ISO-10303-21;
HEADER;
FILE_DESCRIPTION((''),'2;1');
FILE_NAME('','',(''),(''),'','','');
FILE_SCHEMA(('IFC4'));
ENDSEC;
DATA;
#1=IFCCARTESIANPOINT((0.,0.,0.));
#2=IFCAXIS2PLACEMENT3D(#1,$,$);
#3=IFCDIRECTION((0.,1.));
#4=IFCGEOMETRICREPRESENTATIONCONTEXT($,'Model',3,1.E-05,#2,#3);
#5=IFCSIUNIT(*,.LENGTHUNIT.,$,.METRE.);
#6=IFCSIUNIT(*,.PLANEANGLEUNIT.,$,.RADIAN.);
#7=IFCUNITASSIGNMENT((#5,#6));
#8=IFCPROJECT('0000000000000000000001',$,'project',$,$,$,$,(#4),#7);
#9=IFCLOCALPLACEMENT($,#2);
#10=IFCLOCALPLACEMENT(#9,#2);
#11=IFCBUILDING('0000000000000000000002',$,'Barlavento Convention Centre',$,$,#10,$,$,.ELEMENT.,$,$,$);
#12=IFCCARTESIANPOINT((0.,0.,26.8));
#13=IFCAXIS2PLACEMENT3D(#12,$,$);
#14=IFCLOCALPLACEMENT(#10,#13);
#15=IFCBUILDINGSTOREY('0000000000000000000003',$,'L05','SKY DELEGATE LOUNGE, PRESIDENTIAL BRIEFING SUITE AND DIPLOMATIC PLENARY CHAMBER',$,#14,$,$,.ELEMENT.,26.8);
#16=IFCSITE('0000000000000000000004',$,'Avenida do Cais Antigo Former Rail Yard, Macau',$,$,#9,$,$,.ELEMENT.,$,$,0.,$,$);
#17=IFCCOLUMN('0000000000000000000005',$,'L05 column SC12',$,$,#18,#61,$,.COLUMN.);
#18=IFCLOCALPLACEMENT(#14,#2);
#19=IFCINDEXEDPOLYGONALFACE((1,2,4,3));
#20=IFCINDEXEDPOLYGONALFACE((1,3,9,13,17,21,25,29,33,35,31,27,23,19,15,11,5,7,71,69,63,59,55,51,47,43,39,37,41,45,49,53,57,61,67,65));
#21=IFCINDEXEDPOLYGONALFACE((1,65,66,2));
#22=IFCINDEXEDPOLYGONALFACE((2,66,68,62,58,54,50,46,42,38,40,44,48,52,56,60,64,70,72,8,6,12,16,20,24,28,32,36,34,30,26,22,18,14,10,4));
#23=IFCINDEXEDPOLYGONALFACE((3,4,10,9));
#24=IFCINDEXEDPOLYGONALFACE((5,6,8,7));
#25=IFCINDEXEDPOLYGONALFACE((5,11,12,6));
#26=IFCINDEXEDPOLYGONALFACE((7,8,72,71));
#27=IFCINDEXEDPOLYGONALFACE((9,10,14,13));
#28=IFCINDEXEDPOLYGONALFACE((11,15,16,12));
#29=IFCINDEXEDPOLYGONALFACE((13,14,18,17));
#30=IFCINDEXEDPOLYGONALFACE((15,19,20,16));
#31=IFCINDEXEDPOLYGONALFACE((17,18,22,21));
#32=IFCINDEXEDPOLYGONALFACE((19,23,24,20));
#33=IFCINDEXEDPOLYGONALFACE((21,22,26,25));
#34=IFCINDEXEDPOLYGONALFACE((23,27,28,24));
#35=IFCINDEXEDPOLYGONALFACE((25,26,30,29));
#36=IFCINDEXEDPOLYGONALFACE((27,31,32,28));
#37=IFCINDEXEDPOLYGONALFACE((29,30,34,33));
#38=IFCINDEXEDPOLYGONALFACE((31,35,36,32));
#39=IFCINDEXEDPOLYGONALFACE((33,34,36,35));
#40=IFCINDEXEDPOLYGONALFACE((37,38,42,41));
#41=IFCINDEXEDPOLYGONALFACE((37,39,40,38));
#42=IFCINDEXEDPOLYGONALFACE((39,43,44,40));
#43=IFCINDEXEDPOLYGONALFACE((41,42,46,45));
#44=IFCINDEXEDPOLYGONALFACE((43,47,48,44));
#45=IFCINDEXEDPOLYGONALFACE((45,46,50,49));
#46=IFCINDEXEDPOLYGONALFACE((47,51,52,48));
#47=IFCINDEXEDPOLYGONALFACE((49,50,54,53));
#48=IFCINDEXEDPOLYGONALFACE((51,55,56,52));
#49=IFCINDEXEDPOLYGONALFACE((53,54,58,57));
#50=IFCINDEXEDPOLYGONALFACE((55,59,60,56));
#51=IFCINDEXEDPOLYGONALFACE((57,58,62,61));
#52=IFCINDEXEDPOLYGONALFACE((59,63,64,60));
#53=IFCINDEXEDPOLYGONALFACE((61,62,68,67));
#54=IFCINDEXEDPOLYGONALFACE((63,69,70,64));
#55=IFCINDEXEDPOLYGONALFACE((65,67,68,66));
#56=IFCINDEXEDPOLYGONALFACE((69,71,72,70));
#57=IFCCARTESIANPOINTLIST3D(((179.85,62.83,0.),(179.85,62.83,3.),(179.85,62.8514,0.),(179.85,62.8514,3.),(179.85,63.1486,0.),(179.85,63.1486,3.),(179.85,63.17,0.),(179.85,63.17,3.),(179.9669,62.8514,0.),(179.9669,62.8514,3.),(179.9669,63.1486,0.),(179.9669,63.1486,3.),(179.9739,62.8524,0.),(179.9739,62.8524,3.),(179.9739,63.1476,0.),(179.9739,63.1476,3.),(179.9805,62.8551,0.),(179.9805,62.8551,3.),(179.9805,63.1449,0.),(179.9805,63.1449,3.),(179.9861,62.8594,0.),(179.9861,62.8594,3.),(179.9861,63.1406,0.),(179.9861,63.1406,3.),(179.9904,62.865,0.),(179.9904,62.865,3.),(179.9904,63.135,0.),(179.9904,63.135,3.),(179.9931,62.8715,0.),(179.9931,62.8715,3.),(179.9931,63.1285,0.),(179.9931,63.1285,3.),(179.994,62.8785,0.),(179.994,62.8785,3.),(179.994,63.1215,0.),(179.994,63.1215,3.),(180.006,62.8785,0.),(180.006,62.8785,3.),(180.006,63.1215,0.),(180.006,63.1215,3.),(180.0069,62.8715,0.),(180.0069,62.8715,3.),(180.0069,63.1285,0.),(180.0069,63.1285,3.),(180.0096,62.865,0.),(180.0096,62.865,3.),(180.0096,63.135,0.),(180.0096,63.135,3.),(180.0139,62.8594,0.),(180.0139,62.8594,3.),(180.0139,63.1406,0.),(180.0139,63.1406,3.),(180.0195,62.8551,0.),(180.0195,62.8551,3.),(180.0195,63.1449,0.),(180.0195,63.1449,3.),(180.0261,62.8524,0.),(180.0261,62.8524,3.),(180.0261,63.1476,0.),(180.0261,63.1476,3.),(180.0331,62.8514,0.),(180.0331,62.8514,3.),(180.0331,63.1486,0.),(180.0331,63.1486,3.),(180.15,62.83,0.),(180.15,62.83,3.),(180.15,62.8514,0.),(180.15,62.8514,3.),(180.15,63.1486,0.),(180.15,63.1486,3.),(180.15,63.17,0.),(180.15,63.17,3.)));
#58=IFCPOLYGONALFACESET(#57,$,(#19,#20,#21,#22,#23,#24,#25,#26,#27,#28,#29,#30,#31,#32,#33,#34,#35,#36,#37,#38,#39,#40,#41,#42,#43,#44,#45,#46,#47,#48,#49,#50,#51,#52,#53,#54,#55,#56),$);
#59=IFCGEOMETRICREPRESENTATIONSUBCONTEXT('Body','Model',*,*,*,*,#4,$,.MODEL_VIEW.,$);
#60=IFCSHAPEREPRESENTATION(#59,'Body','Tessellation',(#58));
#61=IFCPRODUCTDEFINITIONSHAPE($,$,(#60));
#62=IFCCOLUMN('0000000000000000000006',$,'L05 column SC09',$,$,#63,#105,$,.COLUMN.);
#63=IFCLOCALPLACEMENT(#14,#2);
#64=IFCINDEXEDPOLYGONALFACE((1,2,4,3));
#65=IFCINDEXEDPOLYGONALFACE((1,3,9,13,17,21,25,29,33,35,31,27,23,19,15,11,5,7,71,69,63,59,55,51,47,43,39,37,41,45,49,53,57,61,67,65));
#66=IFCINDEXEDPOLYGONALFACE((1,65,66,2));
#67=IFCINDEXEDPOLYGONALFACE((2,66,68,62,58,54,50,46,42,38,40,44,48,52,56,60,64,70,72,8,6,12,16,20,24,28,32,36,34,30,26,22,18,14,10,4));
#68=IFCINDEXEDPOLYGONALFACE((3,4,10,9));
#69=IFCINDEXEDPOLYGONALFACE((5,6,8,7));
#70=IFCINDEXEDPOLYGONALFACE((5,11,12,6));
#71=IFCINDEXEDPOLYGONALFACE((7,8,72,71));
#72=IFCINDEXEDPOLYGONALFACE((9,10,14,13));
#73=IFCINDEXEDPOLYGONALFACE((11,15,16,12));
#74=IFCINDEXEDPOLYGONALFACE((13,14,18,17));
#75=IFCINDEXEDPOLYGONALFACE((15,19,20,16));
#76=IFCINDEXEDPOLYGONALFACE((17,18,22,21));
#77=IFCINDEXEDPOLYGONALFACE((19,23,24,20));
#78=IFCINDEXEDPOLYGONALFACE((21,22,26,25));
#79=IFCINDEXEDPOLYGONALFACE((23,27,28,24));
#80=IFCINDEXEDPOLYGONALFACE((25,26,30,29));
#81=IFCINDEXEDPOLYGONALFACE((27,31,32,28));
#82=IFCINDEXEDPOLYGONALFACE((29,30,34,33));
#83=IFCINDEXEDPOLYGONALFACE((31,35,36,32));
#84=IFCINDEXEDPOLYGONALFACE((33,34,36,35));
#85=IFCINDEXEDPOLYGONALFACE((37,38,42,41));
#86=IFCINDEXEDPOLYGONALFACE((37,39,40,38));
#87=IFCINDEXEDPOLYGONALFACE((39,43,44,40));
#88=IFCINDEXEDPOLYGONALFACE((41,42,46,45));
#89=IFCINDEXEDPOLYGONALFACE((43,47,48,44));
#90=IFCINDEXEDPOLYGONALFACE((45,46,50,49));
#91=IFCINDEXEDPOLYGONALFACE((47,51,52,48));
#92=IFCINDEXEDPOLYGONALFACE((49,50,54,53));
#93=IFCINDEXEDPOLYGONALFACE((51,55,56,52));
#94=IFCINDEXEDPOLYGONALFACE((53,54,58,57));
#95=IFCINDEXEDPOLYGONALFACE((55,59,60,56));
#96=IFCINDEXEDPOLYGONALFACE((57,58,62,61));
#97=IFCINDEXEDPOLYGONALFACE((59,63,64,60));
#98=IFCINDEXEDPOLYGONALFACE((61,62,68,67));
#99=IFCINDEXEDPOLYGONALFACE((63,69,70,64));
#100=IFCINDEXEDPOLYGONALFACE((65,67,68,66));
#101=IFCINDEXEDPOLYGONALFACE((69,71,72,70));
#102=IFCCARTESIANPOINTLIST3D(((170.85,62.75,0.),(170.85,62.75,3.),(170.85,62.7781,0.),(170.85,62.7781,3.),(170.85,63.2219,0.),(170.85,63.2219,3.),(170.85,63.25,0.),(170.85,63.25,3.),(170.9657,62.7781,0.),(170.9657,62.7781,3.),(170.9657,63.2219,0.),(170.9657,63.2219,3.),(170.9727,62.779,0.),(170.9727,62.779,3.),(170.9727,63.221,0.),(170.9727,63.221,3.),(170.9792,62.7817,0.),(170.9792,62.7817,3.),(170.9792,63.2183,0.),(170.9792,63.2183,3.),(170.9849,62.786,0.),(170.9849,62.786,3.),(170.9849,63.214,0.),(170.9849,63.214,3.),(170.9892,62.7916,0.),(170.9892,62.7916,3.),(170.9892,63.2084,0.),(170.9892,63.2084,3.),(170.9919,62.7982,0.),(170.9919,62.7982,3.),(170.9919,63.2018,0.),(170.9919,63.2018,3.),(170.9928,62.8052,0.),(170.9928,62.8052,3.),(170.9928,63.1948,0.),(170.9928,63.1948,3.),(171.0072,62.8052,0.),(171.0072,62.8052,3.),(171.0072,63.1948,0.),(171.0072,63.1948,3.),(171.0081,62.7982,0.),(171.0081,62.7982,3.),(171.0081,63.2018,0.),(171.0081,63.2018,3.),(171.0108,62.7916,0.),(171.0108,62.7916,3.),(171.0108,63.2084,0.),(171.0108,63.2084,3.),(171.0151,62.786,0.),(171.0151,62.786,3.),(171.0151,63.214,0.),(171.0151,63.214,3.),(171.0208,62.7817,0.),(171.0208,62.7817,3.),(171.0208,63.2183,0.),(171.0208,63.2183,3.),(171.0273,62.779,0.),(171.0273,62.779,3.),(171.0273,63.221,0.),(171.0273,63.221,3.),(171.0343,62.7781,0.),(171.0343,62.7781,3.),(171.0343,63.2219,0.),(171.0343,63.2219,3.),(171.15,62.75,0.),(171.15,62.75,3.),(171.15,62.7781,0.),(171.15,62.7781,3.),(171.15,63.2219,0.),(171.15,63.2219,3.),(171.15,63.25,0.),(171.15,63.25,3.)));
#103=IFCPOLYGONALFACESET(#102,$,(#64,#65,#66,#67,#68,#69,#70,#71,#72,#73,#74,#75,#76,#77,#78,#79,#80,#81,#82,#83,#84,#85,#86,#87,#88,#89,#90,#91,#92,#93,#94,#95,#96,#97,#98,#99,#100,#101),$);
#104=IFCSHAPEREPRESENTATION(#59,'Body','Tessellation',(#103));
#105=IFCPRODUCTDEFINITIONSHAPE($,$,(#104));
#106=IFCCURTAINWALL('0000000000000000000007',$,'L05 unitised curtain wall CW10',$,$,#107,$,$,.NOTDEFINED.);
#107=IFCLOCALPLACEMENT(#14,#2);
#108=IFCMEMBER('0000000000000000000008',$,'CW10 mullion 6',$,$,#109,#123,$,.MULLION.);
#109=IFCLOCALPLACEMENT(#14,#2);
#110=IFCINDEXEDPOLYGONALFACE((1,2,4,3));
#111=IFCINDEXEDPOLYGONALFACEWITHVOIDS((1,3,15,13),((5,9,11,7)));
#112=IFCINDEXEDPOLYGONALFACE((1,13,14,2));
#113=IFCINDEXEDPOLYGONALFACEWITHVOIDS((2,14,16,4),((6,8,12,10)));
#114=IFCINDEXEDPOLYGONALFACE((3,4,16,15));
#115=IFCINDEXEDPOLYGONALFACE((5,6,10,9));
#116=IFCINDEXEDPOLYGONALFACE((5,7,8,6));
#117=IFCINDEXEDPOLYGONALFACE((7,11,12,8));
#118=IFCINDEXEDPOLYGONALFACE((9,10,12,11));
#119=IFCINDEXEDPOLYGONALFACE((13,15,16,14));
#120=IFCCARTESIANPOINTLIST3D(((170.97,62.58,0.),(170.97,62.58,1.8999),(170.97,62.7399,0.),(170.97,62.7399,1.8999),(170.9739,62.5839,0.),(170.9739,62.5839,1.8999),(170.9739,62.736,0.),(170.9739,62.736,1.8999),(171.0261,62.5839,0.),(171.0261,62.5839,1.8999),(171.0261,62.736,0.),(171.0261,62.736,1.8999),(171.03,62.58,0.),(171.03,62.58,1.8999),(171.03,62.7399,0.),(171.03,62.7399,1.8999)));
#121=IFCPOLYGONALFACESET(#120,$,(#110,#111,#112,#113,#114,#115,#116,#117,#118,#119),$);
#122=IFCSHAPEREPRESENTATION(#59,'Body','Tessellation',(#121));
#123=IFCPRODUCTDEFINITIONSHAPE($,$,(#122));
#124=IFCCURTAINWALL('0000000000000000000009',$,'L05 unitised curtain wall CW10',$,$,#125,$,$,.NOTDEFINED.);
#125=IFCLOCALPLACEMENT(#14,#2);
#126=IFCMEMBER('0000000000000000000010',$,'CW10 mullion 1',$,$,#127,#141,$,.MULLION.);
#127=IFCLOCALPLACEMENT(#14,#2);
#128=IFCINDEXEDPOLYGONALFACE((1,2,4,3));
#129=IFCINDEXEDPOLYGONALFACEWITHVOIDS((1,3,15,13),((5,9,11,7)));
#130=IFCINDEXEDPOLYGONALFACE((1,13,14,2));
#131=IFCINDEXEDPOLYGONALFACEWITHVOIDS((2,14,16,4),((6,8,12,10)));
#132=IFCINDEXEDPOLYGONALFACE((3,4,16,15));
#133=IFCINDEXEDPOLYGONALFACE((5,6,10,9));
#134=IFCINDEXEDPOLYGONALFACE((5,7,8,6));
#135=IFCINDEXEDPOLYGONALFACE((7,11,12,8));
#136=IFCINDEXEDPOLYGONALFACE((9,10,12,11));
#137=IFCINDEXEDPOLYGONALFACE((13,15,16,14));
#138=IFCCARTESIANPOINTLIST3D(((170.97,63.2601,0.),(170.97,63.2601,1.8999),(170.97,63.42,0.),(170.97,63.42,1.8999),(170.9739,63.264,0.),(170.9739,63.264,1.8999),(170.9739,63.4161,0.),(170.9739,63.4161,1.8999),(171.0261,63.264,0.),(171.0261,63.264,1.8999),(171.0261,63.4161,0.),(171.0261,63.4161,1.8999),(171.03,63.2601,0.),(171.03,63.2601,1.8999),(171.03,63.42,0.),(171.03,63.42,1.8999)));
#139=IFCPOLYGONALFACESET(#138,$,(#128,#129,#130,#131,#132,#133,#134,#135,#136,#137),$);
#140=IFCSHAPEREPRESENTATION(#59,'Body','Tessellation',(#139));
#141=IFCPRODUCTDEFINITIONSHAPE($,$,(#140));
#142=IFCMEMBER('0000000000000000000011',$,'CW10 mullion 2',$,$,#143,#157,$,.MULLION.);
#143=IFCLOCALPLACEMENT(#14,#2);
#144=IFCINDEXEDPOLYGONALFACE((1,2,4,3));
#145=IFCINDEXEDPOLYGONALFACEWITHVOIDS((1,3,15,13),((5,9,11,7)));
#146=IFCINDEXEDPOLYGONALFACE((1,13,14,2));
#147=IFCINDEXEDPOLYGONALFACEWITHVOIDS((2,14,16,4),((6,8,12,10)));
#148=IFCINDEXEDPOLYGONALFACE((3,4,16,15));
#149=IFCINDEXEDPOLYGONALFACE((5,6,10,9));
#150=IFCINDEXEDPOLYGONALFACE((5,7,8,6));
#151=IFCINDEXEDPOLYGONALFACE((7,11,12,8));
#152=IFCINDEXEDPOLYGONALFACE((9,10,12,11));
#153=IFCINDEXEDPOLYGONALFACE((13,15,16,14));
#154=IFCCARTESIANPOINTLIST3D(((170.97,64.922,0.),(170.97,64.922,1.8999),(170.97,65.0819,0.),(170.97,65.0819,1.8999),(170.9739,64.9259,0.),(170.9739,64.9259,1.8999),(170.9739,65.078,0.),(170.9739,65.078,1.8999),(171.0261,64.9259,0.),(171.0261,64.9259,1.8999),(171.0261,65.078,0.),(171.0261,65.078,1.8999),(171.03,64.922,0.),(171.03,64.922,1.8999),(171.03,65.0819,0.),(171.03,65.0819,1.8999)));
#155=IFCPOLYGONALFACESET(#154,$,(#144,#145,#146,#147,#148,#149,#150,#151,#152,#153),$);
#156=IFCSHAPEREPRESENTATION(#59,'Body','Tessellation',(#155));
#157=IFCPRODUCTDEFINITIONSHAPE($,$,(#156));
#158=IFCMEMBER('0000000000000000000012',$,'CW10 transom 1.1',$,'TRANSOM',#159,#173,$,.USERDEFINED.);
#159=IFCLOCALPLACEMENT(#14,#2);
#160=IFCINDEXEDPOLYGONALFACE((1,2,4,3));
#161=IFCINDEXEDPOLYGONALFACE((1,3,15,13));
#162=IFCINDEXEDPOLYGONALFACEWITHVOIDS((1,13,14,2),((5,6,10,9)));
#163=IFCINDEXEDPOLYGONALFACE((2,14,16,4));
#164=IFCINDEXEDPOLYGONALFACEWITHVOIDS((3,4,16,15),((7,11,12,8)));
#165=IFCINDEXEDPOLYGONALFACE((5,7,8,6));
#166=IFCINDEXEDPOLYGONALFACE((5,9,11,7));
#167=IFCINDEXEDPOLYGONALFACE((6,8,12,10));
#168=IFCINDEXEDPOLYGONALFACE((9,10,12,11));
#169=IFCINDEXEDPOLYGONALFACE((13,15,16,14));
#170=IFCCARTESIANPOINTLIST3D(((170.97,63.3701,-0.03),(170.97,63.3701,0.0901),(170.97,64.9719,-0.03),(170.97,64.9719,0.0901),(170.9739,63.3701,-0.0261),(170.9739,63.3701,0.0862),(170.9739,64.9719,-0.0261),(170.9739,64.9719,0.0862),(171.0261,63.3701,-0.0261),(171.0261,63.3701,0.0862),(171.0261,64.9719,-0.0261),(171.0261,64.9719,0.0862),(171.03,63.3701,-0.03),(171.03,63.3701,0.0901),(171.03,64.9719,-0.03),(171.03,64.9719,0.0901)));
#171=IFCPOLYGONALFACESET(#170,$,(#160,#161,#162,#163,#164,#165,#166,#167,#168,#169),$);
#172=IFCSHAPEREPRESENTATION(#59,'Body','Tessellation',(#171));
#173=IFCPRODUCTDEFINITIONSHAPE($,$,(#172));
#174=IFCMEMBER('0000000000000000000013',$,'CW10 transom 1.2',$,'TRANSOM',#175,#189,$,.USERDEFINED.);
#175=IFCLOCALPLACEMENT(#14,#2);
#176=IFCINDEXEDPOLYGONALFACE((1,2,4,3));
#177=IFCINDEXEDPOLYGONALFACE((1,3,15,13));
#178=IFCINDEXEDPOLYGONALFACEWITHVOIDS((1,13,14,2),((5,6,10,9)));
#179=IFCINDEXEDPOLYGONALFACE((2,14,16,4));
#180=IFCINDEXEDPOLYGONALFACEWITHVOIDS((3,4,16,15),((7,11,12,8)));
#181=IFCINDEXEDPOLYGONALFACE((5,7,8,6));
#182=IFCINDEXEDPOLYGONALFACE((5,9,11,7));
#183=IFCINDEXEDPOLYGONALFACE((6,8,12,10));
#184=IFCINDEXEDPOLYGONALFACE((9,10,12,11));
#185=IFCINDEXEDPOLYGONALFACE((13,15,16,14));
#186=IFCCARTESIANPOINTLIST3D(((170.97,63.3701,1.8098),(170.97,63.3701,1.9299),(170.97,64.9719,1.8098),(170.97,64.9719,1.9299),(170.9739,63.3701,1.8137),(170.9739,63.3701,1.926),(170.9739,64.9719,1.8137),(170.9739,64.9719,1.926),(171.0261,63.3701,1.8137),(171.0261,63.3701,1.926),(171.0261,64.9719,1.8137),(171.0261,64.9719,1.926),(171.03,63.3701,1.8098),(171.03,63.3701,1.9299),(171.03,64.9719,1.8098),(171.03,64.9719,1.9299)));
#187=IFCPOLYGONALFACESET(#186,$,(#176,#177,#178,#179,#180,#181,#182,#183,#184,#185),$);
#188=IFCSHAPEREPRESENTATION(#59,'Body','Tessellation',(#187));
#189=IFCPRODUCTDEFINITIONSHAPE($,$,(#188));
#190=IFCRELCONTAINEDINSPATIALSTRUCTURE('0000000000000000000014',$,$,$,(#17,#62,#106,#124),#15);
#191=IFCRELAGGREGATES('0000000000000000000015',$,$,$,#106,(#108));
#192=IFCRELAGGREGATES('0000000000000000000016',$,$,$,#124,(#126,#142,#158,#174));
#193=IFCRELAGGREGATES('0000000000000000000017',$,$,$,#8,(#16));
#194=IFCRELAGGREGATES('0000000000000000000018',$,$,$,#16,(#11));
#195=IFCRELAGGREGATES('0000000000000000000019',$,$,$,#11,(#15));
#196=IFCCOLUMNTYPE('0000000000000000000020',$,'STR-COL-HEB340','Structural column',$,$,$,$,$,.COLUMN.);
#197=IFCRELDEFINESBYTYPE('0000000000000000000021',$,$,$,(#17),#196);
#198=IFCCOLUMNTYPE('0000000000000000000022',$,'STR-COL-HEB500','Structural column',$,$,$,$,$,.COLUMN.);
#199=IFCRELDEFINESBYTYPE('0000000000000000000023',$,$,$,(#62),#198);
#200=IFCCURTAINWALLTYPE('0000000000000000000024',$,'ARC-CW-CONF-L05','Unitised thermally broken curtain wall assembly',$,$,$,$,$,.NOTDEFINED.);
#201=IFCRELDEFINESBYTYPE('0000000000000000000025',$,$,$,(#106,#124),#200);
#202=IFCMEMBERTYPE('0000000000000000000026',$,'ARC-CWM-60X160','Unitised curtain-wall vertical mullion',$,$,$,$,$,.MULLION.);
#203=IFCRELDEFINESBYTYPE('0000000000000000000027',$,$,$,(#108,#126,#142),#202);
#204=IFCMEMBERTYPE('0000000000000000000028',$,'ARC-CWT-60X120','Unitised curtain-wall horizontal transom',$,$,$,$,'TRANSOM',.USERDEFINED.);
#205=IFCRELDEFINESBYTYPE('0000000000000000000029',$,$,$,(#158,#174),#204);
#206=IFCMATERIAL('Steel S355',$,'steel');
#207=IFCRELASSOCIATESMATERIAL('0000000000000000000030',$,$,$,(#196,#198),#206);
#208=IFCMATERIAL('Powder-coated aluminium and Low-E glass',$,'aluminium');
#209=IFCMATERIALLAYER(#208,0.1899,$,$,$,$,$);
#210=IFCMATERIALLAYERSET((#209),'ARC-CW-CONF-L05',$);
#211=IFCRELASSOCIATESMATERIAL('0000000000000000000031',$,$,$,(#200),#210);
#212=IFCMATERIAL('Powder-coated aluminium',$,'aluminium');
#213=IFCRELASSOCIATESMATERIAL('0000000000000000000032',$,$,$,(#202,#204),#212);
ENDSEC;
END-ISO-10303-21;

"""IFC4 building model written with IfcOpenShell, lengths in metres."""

from ifc_helpers import new_model, si_unit, direction, frame, origin, origin_2d, place, context, subcontext, project, spatial, hollow_rectangle, i_section, extrude, material, layer, layer_set, material_profile, profile_set, type_object, element, aggregate, save


model = new_model("IFC4")

# Units and contexts
model_context = context("Model", 3, precision=1e-05, world=origin(), true_north=direction((0.0, 1.0)))
body_context = subcontext(model_context, "Body", "Model", "MODEL_VIEW")
ifc_project = project(units=[si_unit("LENGTHUNIT", "METRE"), si_unit("PLANEANGLEUNIT", "RADIAN")], contexts=[model_context])

# Site, building, storey
site_placement = place(None, origin())
site = spatial("IfcSite", under=ifc_project, at=site_placement, Name="Avenida do Cais Antigo Former Rail Yard, Macau", CompositionType="ELEMENT", RefElevation=0.0)
building_placement = place(site_placement, origin())
building = spatial("IfcBuilding", under=site, at=building_placement, Name="Barlavento Convention Centre", CompositionType="ELEMENT")
storey_placement = place(building_placement, frame((0.0, 0.0, 26.8)))
storey = spatial("IfcBuildingStorey", under=building, at=storey_placement, Name="L05", Description="SKY DELEGATE LOUNGE, PRESIDENTIAL BRIEFING SUITE AND DIPLOMATIC PLENARY CHAMBER", CompositionType="ELEMENT", Elevation=26.8)

# Columns
ifc_material_1 = material(Name="Steel S355", Category="steel")
ifc_material_profile_1 = material_profile(ifc_material_1, i_section(OverallWidth=0.3, OverallDepth=0.3401, WebThickness=0.012, FlangeThickness=0.0215, FilletRadius=0.0271, at=origin_2d()), Name="HEB 340")
ifc_profile_set_1 = profile_set([ifc_material_profile_1], Name="Steel S355")
column_type_1 = type_object("IfcColumnType", Name="STR-COL-HEB340", Description="Structural column", PredefinedType="COLUMN", material=ifc_profile_set_1)
column_1_placement = place(storey_placement, frame((180.0, 63.0, 0.0), z_axis=(0.0, 0.0, 1.0), x_axis=(1.0, 0.0, 0.0)))
element("IfcColumn", 1, at=column_1_placement, inside=storey, type_object=column_type_1, Name="L05 column SC12", PredefinedType="COLUMN", context=body_context, shape_type="SweptSolid", body=[
    extrude(i_section(OverallWidth=0.3, OverallDepth=0.3401, WebThickness=0.012, FlangeThickness=0.0215, FilletRadius=0.0271, at=origin_2d()), origin(), (0.0, 0.0, 1.0), 3.0),
])
ifc_material_profile_2 = material_profile(ifc_material_1, i_section(OverallWidth=0.3, OverallDepth=0.5, WebThickness=0.0144, FlangeThickness=0.0281, FilletRadius=0.0271, at=origin_2d()), Name="HEB 500")
ifc_profile_set_2 = profile_set([ifc_material_profile_2], Name="Steel S355")
column_type_2 = type_object("IfcColumnType", Name="STR-COL-HEB500", Description="Structural column", PredefinedType="COLUMN", material=ifc_profile_set_2)
column_2_placement = place(storey_placement, frame((171.0, 63.0, 0.0), z_axis=(0.0, 0.0, 1.0), x_axis=(1.0, 0.0, 0.0)))
element("IfcColumn", 2, at=column_2_placement, inside=storey, type_object=column_type_2, Name="L05 column SC09", PredefinedType="COLUMN", context=body_context, shape_type="SweptSolid", body=[
    extrude(i_section(OverallWidth=0.3, OverallDepth=0.5, WebThickness=0.0144, FlangeThickness=0.0281, FilletRadius=0.0271, at=origin_2d()), origin(), (0.0, 0.0, 1.0), 3.0),
])

# Curtain wall, member
ifc_material_2 = material(Name="Powder-coated aluminium and Low-E glass", Category="aluminium")
ifc_layer_1 = layer(ifc_material_2, 0.1899)
ifc_layer_set_1 = layer_set([ifc_layer_1], Name="ARC-CW-CONF-L05")
curtain_wall_type = type_object("IfcCurtainWallType", Name="ARC-CW-CONF-L05", Description="Unitised thermally broken curtain wall assembly", PredefinedType="NOTDEFINED", material=ifc_layer_set_1)
curtain_wall_1_placement = place(storey_placement, origin())
curtain_wall_1 = element("IfcCurtainWall", 3, at=curtain_wall_1_placement, inside=storey, type_object=curtain_wall_type, Name="L05 unitised curtain wall CW10", PredefinedType="NOTDEFINED")
ifc_material_3 = material(Name="Powder-coated aluminium", Category="aluminium")
ifc_material_profile_3 = material_profile(ifc_material_3, hollow_rectangle(XDim=0.0601, YDim=0.1599, WallThickness=0.0039, at=origin_2d()), Name="AL-MULL 60x160x4")
ifc_profile_set_3 = profile_set([ifc_material_profile_3], Name="Powder-coated aluminium")
member_type_1 = type_object("IfcMemberType", Name="ARC-CWM-60X160", Description="Unitised curtain-wall vertical mullion", PredefinedType="MULLION", material=ifc_profile_set_3)
member_1_placement = place(storey_placement, frame((171.0, 62.6599, 0.0), z_axis=(0.0, 0.0, 1.0), x_axis=(-1.0, 0.0, 0.0)))
member_1 = element("IfcMember", 4, at=member_1_placement, type_object=member_type_1, Name="CW10 mullion 6", PredefinedType="MULLION", context=body_context, shape_type="SweptSolid", body=[
    extrude(hollow_rectangle(XDim=0.0601, YDim=0.1599, WallThickness=0.0039, at=origin_2d()), origin(), (0.0, 0.0, 1.0), 1.8999),
])
aggregate(curtain_wall_1, [member_1])

# Curtain wall, members
curtain_wall_2_placement = place(storey_placement, origin())
curtain_wall_2 = element("IfcCurtainWall", 5, at=curtain_wall_2_placement, inside=storey, type_object=curtain_wall_type, Name="L05 unitised curtain wall CW10", PredefinedType="NOTDEFINED")
member_2_placement = place(storey_placement, frame((171.0, 63.3401, 0.0), z_axis=(0.0, 0.0, 1.0), x_axis=(-1.0, 0.0, 0.0)))
member_2 = element("IfcMember", 6, at=member_2_placement, type_object=member_type_1, Name="CW10 mullion 1", PredefinedType="MULLION", context=body_context, shape_type="SweptSolid", body=[
    extrude(hollow_rectangle(XDim=0.0601, YDim=0.1599, WallThickness=0.0039, at=origin_2d()), origin(), (0.0, 0.0, 1.0), 1.8999),
])
member_3_placement = place(storey_placement, frame((171.0, 65.002, 0.0), z_axis=(0.0, 0.0, 1.0), x_axis=(-1.0, 0.0, 0.0)))
member_3 = element("IfcMember", 7, at=member_3_placement, type_object=member_type_1, Name="CW10 mullion 2", PredefinedType="MULLION", context=body_context, shape_type="SweptSolid", body=[
    extrude(hollow_rectangle(XDim=0.0601, YDim=0.1599, WallThickness=0.0039, at=origin_2d()), origin(), (0.0, 0.0, 1.0), 1.8999),
])
ifc_material_profile_4 = material_profile(ifc_material_3, hollow_rectangle(XDim=0.0601, YDim=0.1201, WallThickness=0.0039, at=origin_2d()), Name="AL-TRAN 60x120x4")
ifc_profile_set_4 = profile_set([ifc_material_profile_4], Name="Powder-coated aluminium")
member_type_2 = type_object("IfcMemberType", Name="ARC-CWT-60X120", Description="Unitised curtain-wall horizontal transom", ElementType="TRANSOM", PredefinedType="USERDEFINED", material=ifc_profile_set_4)
member_4_placement = place(storey_placement, frame((171.0, 63.3701, 0.03), z_axis=(0.0, 1.0, 0.0), x_axis=(-1.0, 0.0, 0.0)))
member_4 = element("IfcMember", 8, at=member_4_placement, type_object=member_type_2, Name="CW10 transom 1.1", ObjectType="TRANSOM", PredefinedType="USERDEFINED", context=body_context, shape_type="SweptSolid", body=[
    extrude(hollow_rectangle(XDim=0.0601, YDim=0.1201, WallThickness=0.0039, at=origin_2d()), origin(), (0.0, 0.0, 1.0), 1.6018),
])
member_5_placement = place(storey_placement, frame((171.0, 63.3701, 1.8699), z_axis=(0.0, 1.0, 0.0), x_axis=(-1.0, 0.0, 0.0)))
member_5 = element("IfcMember", 9, at=member_5_placement, type_object=member_type_2, Name="CW10 transom 1.2", ObjectType="TRANSOM", PredefinedType="USERDEFINED", context=body_context, shape_type="SweptSolid", body=[
    extrude(hollow_rectangle(XDim=0.0601, YDim=0.1201, WallThickness=0.0039, at=origin_2d()), origin(), (0.0, 0.0, 1.0), 1.6018),
])

aggregate(curtain_wall_2, [member_2, member_3, member_4, member_5])

save(model, "model.ifc")
